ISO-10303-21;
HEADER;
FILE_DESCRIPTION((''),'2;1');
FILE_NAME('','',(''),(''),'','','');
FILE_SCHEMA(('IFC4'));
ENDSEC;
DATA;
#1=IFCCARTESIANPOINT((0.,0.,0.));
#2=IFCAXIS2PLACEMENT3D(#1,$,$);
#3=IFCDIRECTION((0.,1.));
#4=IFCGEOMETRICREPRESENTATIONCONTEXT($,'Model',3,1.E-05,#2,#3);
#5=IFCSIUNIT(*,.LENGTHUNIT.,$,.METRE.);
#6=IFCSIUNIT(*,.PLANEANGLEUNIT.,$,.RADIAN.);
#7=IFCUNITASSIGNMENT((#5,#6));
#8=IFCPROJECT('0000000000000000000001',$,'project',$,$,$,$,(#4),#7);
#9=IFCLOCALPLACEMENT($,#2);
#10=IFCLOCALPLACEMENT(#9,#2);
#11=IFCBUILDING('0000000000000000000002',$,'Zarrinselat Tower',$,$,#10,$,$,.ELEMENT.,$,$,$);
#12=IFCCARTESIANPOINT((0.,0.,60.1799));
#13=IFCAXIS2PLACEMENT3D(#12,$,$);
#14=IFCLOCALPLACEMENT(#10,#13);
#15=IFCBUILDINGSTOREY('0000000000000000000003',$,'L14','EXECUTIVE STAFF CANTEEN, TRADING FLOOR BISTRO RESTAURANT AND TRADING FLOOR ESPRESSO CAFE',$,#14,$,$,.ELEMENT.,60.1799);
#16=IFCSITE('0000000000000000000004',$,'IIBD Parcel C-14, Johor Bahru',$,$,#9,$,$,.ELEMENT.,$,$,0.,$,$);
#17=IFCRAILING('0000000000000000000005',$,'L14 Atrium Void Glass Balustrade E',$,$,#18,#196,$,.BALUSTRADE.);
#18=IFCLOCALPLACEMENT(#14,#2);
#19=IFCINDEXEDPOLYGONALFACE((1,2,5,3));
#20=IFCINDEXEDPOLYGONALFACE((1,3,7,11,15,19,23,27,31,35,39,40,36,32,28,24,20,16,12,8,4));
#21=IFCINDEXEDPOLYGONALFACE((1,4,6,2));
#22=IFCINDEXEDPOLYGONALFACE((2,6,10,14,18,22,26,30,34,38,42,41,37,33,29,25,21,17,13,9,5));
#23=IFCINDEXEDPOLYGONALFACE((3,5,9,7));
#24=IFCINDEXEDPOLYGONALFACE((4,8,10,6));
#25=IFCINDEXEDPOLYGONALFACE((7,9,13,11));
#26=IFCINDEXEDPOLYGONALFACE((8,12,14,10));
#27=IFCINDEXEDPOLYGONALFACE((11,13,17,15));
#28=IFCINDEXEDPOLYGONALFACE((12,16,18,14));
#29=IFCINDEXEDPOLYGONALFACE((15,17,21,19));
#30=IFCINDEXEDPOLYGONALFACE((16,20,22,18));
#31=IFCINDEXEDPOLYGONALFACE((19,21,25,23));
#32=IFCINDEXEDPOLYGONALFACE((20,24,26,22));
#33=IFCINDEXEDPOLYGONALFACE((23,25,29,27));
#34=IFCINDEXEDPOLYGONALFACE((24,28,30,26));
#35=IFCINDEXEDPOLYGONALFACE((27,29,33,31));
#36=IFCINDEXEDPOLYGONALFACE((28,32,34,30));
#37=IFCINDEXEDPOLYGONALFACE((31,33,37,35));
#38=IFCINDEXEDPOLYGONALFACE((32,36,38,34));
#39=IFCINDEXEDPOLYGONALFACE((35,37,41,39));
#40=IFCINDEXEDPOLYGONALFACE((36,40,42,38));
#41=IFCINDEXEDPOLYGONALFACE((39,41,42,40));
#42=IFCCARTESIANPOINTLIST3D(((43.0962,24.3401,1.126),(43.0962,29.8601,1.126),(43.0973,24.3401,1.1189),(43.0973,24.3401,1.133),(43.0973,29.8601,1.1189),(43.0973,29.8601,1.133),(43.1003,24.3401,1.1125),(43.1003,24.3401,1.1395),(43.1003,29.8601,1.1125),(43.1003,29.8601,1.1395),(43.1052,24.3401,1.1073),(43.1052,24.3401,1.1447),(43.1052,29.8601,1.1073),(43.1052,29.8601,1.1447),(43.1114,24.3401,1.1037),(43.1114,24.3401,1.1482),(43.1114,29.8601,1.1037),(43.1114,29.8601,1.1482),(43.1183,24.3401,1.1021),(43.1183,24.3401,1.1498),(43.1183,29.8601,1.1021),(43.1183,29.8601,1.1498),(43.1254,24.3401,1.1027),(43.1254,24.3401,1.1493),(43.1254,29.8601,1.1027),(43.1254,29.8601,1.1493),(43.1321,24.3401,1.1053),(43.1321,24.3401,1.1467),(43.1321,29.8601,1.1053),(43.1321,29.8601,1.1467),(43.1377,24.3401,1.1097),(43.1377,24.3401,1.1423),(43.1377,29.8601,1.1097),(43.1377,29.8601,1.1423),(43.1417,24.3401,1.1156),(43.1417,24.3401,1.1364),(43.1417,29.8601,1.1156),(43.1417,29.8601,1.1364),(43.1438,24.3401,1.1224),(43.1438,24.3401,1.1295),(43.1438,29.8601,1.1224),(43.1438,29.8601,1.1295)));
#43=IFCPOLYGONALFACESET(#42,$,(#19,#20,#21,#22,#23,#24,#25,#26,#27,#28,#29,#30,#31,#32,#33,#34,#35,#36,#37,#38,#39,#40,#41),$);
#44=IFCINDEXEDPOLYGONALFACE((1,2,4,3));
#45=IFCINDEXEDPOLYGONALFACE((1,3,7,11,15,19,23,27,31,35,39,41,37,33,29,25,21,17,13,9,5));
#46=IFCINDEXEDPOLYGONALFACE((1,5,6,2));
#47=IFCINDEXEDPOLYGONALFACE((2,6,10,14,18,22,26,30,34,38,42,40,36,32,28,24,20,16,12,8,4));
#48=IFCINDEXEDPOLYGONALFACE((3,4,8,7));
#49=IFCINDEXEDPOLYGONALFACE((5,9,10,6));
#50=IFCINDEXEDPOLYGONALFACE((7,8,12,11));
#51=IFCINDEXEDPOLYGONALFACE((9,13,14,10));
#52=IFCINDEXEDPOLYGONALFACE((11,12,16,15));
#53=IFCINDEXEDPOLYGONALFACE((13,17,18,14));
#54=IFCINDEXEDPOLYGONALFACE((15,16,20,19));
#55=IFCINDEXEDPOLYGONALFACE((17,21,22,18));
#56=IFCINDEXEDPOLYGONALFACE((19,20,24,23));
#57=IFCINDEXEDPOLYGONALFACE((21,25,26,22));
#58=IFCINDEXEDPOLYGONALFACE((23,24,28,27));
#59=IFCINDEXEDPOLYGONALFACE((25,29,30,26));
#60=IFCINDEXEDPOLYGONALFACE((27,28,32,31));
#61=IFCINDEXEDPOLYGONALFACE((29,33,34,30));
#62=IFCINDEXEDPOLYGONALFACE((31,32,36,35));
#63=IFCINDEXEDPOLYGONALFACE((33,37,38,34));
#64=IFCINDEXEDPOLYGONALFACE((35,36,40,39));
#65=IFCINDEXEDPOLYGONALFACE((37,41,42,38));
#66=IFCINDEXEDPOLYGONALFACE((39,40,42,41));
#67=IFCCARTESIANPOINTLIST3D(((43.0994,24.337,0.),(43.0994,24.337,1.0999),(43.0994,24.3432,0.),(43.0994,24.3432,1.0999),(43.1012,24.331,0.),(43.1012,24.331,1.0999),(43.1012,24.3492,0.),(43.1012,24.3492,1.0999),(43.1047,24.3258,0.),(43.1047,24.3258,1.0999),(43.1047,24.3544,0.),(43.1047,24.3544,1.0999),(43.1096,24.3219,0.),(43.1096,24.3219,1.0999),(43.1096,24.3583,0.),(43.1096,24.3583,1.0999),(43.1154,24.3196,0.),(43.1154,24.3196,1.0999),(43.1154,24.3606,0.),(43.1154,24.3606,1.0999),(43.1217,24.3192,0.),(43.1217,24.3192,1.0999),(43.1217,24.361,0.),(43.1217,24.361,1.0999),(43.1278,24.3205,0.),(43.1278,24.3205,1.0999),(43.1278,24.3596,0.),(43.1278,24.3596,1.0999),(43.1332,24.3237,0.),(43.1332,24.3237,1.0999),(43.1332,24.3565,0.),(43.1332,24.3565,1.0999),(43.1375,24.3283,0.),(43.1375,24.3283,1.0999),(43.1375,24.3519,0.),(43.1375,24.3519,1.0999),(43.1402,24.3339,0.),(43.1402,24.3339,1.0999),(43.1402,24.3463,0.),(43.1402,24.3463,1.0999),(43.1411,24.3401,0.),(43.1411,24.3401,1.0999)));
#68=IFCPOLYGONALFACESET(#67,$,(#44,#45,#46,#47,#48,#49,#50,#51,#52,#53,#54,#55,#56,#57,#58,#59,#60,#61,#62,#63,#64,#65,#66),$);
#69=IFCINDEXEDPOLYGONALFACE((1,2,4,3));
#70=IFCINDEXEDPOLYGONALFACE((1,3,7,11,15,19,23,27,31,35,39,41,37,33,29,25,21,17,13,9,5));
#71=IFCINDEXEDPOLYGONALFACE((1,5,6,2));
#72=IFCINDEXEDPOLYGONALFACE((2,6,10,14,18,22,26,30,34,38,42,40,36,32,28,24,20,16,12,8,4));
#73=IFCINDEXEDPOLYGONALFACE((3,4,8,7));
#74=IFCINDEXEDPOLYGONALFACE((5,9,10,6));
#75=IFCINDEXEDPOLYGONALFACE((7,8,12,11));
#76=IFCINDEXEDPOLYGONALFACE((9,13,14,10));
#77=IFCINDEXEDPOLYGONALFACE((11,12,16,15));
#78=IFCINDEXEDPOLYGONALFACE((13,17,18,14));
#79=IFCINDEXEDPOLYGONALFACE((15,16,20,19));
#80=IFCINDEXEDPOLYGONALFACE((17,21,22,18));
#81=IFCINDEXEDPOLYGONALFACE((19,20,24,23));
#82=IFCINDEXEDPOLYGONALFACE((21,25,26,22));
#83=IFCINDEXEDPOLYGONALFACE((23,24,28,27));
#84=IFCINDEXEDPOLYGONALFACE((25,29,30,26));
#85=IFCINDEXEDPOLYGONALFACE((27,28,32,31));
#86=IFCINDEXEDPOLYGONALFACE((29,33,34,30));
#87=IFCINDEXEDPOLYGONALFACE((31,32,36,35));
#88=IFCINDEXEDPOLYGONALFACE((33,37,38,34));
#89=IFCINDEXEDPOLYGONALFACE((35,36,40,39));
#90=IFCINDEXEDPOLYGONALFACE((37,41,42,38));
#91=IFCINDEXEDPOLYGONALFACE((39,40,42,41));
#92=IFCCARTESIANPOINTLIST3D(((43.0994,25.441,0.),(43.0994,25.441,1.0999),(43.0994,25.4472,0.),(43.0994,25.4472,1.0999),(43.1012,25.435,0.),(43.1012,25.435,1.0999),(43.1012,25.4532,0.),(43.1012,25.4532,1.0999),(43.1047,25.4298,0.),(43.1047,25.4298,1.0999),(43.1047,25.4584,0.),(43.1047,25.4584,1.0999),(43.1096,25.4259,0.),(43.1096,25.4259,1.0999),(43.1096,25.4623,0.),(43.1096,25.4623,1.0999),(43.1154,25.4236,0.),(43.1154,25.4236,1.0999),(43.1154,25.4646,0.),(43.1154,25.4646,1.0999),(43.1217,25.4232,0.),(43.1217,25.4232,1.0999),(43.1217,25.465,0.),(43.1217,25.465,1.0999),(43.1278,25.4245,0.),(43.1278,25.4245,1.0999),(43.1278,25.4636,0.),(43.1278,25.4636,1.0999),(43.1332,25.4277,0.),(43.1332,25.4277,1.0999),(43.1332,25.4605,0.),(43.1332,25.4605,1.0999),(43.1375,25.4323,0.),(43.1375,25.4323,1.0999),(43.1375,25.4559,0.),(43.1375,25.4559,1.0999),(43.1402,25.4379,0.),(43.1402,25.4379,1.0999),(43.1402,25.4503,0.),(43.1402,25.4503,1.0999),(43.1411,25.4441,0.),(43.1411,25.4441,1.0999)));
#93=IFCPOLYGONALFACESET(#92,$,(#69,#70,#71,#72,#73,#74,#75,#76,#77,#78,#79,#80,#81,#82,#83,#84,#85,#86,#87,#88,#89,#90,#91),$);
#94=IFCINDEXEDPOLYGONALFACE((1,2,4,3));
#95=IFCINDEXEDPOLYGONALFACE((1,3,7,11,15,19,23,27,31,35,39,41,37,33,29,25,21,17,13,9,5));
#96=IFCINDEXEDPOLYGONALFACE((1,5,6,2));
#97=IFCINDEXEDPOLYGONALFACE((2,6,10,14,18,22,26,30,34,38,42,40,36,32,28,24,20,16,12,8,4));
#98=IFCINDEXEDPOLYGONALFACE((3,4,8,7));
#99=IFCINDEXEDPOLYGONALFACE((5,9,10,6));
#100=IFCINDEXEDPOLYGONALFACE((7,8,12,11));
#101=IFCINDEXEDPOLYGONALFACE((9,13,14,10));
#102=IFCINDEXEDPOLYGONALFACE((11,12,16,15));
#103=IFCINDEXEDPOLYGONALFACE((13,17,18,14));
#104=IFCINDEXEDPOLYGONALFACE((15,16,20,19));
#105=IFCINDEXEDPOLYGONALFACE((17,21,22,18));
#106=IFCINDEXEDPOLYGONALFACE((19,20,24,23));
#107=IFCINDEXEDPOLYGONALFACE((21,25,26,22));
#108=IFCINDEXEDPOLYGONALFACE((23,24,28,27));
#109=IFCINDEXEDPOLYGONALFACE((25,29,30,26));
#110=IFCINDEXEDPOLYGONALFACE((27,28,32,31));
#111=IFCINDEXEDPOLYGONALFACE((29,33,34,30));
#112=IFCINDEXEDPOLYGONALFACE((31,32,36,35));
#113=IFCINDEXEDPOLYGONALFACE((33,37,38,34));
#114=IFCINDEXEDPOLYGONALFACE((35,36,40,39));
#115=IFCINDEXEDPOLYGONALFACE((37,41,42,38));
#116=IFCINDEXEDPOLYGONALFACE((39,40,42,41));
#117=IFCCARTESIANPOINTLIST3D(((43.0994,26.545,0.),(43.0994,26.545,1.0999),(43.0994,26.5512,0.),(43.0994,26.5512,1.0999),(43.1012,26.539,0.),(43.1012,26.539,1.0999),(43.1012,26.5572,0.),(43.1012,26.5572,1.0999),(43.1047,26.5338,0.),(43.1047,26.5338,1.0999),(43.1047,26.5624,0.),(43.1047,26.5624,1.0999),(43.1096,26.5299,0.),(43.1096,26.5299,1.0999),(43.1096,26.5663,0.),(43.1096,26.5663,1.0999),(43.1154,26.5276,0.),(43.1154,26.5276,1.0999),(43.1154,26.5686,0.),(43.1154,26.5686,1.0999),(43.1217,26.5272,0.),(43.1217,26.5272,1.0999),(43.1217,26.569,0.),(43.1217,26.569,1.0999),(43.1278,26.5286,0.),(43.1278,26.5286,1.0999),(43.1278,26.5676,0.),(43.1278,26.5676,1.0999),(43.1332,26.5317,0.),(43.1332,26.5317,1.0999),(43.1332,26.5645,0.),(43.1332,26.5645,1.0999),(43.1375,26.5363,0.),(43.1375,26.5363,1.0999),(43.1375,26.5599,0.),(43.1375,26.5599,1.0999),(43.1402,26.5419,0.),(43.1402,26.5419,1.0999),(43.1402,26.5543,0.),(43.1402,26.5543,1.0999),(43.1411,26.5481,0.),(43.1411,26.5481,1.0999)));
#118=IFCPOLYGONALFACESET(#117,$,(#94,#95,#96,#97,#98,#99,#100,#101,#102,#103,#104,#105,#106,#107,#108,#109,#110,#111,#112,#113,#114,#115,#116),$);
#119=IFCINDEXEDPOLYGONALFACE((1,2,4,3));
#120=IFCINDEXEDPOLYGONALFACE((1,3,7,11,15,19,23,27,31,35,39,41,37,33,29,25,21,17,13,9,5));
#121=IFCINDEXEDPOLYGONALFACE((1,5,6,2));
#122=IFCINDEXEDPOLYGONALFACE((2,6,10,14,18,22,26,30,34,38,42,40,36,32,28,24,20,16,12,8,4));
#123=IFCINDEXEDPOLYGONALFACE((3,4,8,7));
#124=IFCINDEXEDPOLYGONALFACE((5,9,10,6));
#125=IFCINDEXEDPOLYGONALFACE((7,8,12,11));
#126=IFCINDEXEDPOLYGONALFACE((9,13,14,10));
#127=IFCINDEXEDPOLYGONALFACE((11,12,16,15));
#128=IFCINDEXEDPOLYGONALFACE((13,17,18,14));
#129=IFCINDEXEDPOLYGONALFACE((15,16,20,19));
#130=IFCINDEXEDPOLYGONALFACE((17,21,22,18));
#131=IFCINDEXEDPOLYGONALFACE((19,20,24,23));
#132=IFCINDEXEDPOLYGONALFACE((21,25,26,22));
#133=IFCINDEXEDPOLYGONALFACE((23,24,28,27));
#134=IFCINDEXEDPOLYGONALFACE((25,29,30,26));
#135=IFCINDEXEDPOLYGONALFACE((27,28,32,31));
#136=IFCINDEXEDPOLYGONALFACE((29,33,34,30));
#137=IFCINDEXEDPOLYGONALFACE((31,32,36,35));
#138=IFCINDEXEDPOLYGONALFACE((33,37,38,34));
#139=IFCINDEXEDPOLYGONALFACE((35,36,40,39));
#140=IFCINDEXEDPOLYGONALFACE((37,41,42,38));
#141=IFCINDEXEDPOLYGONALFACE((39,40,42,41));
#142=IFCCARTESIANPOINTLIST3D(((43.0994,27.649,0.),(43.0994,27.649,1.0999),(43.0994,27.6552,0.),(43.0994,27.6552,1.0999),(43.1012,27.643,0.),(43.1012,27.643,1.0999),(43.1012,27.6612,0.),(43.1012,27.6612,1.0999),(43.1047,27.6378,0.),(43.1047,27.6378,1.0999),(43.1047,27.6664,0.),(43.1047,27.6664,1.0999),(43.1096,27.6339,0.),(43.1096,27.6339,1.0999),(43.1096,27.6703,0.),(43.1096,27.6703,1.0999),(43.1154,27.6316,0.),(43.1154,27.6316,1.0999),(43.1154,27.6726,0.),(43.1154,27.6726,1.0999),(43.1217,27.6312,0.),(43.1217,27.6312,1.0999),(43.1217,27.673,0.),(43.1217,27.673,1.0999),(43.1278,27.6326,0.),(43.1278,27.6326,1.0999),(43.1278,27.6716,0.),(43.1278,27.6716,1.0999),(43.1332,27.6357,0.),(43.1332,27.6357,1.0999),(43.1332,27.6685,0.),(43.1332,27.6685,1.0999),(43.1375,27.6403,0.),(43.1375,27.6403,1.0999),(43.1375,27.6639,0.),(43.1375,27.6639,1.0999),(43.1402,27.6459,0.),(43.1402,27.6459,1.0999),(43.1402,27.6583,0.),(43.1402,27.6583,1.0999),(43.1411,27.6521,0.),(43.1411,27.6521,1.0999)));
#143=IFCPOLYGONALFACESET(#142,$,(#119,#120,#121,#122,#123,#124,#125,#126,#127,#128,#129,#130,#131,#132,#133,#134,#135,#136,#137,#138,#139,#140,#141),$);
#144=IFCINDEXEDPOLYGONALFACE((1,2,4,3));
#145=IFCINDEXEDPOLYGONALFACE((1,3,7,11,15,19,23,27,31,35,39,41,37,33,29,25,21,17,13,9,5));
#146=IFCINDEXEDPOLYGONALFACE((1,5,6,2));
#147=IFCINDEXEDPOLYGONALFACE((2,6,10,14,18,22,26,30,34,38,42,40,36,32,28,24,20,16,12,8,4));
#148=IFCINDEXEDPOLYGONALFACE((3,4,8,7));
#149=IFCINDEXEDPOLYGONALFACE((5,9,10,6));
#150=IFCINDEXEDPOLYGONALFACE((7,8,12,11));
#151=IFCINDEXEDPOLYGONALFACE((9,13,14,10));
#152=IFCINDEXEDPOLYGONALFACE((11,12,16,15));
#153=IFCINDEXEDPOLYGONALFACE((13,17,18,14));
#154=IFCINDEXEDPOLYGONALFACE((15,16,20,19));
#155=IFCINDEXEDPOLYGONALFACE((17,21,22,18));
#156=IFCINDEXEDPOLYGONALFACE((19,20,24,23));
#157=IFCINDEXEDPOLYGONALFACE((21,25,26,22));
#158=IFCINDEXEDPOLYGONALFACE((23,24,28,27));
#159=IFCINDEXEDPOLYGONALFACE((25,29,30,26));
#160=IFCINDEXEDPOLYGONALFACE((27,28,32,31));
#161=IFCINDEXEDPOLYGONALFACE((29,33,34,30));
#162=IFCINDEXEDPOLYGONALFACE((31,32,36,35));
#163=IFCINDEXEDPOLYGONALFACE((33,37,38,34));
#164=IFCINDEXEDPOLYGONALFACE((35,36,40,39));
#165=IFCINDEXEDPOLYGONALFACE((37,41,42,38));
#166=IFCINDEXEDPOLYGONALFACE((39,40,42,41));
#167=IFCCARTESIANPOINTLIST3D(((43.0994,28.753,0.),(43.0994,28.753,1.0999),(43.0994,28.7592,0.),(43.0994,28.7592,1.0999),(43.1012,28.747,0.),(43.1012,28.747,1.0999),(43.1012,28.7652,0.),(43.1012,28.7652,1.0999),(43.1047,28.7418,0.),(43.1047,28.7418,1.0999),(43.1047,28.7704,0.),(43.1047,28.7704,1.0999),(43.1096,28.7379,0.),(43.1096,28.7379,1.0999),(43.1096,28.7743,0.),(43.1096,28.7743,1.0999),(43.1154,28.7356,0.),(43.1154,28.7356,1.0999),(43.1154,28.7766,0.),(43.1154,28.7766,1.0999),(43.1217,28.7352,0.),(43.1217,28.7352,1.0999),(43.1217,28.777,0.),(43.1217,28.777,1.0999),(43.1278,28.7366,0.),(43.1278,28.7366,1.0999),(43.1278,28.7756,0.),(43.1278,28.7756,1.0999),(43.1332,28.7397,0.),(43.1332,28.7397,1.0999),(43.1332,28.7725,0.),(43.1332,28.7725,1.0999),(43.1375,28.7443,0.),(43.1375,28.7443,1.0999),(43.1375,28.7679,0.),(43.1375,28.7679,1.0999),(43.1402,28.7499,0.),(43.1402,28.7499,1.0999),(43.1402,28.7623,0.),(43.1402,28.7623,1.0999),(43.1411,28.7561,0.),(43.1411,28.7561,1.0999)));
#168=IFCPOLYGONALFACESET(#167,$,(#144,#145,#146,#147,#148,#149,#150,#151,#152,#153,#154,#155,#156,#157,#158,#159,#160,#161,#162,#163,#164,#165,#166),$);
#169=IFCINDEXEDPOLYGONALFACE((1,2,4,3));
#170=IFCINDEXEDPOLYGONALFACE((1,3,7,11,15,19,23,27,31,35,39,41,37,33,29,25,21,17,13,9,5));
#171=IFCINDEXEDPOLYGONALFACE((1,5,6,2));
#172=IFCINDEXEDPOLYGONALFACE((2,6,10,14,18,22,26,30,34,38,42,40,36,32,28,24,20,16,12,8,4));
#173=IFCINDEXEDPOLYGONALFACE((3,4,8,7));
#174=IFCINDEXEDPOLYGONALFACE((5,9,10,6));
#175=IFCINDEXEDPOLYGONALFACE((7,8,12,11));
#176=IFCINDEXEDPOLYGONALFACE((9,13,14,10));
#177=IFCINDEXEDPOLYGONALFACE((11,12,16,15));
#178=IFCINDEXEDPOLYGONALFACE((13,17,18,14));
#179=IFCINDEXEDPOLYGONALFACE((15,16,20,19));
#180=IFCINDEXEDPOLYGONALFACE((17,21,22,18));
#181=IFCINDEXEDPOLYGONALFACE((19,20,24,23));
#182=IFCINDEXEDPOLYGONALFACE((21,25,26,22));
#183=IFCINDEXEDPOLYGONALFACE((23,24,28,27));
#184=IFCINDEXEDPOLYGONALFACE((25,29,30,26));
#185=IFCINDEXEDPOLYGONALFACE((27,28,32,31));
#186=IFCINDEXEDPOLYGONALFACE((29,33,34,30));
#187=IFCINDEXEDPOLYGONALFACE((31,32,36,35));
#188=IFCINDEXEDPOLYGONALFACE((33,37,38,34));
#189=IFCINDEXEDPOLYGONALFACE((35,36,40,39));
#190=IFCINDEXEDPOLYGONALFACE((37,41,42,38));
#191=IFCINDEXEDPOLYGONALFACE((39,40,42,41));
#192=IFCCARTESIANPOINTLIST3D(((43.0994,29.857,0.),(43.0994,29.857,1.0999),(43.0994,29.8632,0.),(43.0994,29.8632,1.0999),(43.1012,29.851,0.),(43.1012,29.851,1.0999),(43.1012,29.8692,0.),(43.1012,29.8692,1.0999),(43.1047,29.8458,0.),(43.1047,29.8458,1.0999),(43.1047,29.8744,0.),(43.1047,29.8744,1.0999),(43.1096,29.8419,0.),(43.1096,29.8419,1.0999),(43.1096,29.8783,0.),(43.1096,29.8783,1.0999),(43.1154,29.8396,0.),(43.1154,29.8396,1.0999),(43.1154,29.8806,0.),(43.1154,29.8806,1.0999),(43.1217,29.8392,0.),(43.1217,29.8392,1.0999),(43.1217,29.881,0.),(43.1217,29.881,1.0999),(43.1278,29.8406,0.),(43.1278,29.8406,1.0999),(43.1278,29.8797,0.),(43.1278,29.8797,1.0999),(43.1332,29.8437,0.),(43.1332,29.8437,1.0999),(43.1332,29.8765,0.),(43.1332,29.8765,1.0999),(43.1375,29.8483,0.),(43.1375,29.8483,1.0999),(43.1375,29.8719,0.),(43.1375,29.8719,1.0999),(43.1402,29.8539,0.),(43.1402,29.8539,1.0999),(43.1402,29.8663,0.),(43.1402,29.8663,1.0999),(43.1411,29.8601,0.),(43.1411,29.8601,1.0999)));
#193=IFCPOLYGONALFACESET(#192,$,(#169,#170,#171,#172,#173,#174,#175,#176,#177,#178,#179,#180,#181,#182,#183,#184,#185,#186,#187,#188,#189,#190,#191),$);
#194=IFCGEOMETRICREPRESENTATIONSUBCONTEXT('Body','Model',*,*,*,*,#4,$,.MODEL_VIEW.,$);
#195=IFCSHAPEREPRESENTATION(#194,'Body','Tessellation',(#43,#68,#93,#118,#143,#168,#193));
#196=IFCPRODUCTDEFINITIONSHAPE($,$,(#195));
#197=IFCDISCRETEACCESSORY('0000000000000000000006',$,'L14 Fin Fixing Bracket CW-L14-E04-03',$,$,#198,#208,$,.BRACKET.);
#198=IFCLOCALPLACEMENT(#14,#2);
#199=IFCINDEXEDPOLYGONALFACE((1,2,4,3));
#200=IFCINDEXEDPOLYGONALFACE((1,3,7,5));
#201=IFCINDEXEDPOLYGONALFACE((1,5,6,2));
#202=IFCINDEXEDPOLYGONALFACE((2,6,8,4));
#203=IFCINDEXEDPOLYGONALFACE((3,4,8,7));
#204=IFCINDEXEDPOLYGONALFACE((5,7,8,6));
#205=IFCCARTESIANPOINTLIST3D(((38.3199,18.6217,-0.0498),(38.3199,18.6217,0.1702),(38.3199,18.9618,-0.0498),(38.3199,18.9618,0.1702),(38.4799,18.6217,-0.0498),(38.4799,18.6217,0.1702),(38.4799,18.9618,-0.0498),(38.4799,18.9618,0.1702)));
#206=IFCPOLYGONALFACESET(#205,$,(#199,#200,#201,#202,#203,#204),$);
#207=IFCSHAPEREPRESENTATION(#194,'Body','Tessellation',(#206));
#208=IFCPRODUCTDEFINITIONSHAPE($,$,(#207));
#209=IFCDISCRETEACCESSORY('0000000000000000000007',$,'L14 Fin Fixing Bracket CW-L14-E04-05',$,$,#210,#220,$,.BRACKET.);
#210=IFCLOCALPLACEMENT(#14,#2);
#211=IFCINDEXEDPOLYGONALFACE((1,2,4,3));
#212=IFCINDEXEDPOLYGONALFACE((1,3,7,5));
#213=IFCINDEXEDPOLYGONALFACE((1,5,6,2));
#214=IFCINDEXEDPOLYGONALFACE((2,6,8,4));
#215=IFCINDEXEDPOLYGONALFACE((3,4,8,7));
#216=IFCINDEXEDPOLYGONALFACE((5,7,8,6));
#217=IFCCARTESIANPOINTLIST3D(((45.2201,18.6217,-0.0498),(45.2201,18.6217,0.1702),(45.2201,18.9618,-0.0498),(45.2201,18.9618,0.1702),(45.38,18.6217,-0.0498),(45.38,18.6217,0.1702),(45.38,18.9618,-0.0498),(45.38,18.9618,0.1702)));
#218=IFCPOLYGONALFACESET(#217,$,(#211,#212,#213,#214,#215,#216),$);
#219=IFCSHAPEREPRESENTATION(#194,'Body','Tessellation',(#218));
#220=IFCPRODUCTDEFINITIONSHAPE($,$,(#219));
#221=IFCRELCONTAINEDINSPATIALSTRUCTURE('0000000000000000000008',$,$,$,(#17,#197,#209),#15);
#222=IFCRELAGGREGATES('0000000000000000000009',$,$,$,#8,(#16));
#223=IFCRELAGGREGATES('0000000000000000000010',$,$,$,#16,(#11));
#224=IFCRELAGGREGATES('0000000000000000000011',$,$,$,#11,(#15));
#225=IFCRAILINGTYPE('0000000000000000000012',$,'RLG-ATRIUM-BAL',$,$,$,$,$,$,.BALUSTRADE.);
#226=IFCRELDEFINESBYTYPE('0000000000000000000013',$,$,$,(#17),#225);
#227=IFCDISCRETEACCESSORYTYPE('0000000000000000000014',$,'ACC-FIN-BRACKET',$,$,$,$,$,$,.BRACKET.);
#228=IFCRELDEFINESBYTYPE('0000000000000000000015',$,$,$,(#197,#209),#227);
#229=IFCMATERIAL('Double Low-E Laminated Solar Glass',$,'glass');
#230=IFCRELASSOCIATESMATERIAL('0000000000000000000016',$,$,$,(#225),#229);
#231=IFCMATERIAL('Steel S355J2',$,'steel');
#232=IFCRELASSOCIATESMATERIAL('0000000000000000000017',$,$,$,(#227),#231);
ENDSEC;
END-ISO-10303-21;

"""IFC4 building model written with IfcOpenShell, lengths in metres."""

from ifc_helpers import new_model, si_unit, direction, frame, origin, origin_2d, place, context, subcontext, project, spatial, rectangle, circle, extrude, material, type_object, element, save


model = new_model("IFC4")

# Units and contexts
model_context = context("Model", 3, precision=1e-05, world=origin(), true_north=direction((0.0, 1.0)))
body_context = subcontext(model_context, "Body", "Model", "MODEL_VIEW")
ifc_project = project(units=[si_unit("LENGTHUNIT", "METRE"), si_unit("PLANEANGLEUNIT", "RADIAN")], contexts=[model_context])

# Site, building, storey
site_placement = place(None, origin())
site = spatial("IfcSite", under=ifc_project, at=site_placement, Name="IIBD Parcel C-14, Johor Bahru", CompositionType="ELEMENT", RefElevation=0.0)
building_placement = place(site_placement, origin())
building = spatial("IfcBuilding", under=site, at=building_placement, Name="Zarrinselat Tower", CompositionType="ELEMENT")
storey_placement = place(building_placement, frame((0.0, 0.0, 60.1799)))
storey = spatial("IfcBuildingStorey", under=building, at=storey_placement, Name="L14", Description="EXECUTIVE STAFF CANTEEN, TRADING FLOOR BISTRO RESTAURANT AND TRADING FLOOR ESPRESSO CAFE", CompositionType="ELEMENT", Elevation=60.1799)

# Railing
ifc_material_1 = material(Name="Double Low-E Laminated Solar Glass", Category="glass")
railing_type = type_object("IfcRailingType", Name="RLG-ATRIUM-BAL", PredefinedType="BALUSTRADE", material=ifc_material_1)
railing_placement = place(storey_placement, frame((43.1201, 24.3401, 0.0)))
element("IfcRailing", 1, at=railing_placement, inside=storey, type_object=railing_type, Name="L14 Atrium Void Glass Balustrade E", PredefinedType="BALUSTRADE", context=body_context, shape_type="SweptSolid", body=[
    extrude(circle(Radius=0.0239, at=origin_2d()), frame((0.0, 0.0, 1.126), z_axis=(0.0, 1.0, 0.0), x_axis=(-1.0, 0.0, 0.0)), (0.0, 0.0, 1.0), 5.52),
    extrude(circle(Radius=0.021, at=origin_2d()), origin(), (0.0, 0.0, 1.0), 1.0999),
    extrude(circle(Radius=0.021, at=origin_2d()), frame((0.0, 1.104, 0.0)), (0.0, 0.0, 1.0), 1.0999),
    extrude(circle(Radius=0.021, at=origin_2d()), frame((0.0, 2.208, 0.0)), (0.0, 0.0, 1.0), 1.0999),
    extrude(circle(Radius=0.021, at=origin_2d()), frame((0.0, 3.312, 0.0)), (0.0, 0.0, 1.0), 1.0999),
    extrude(circle(Radius=0.021, at=origin_2d()), frame((0.0, 4.416, 0.0)), (0.0, 0.0, 1.0), 1.0999),
    extrude(circle(Radius=0.021, at=origin_2d()), frame((0.0, 5.52, 0.0)), (0.0, 0.0, 1.0), 1.0999),
])

# Discrete accessories
ifc_material_2 = material(Name="Steel S355J2", Category="steel")
discrete_accessory_type = type_object("IfcDiscreteAccessoryType", Name="ACC-FIN-BRACKET", PredefinedType="BRACKET", material=ifc_material_2)
for number, where, z_axis, x_axis, name in (
    (2, (38.3999, 18.7917, -0.0498), (0.0, 0.0, 1.0), (0.0, -1.0, 0.0), "L14 Fin Fixing Bracket CW-L14-E04-03"),
    (3, (45.3, 18.7917, -0.0498), (0.0, 0.0, 1.0), (0.0, -1.0, 0.0), "L14 Fin Fixing Bracket CW-L14-E04-05"),
):
    element("IfcDiscreteAccessory", number, at=place(storey_placement, frame(where, z_axis=z_axis, x_axis=x_axis)), inside=storey, type_object=discrete_accessory_type, Name=name, PredefinedType="BRACKET", context=body_context, shape_type="SweptSolid", body=[
        extrude(rectangle(XDim=0.3401, YDim=0.1599, at=origin_2d()), origin(), (0.0, 0.0, 1.0), 0.22),
    ])

save(model, "model.ifc")
